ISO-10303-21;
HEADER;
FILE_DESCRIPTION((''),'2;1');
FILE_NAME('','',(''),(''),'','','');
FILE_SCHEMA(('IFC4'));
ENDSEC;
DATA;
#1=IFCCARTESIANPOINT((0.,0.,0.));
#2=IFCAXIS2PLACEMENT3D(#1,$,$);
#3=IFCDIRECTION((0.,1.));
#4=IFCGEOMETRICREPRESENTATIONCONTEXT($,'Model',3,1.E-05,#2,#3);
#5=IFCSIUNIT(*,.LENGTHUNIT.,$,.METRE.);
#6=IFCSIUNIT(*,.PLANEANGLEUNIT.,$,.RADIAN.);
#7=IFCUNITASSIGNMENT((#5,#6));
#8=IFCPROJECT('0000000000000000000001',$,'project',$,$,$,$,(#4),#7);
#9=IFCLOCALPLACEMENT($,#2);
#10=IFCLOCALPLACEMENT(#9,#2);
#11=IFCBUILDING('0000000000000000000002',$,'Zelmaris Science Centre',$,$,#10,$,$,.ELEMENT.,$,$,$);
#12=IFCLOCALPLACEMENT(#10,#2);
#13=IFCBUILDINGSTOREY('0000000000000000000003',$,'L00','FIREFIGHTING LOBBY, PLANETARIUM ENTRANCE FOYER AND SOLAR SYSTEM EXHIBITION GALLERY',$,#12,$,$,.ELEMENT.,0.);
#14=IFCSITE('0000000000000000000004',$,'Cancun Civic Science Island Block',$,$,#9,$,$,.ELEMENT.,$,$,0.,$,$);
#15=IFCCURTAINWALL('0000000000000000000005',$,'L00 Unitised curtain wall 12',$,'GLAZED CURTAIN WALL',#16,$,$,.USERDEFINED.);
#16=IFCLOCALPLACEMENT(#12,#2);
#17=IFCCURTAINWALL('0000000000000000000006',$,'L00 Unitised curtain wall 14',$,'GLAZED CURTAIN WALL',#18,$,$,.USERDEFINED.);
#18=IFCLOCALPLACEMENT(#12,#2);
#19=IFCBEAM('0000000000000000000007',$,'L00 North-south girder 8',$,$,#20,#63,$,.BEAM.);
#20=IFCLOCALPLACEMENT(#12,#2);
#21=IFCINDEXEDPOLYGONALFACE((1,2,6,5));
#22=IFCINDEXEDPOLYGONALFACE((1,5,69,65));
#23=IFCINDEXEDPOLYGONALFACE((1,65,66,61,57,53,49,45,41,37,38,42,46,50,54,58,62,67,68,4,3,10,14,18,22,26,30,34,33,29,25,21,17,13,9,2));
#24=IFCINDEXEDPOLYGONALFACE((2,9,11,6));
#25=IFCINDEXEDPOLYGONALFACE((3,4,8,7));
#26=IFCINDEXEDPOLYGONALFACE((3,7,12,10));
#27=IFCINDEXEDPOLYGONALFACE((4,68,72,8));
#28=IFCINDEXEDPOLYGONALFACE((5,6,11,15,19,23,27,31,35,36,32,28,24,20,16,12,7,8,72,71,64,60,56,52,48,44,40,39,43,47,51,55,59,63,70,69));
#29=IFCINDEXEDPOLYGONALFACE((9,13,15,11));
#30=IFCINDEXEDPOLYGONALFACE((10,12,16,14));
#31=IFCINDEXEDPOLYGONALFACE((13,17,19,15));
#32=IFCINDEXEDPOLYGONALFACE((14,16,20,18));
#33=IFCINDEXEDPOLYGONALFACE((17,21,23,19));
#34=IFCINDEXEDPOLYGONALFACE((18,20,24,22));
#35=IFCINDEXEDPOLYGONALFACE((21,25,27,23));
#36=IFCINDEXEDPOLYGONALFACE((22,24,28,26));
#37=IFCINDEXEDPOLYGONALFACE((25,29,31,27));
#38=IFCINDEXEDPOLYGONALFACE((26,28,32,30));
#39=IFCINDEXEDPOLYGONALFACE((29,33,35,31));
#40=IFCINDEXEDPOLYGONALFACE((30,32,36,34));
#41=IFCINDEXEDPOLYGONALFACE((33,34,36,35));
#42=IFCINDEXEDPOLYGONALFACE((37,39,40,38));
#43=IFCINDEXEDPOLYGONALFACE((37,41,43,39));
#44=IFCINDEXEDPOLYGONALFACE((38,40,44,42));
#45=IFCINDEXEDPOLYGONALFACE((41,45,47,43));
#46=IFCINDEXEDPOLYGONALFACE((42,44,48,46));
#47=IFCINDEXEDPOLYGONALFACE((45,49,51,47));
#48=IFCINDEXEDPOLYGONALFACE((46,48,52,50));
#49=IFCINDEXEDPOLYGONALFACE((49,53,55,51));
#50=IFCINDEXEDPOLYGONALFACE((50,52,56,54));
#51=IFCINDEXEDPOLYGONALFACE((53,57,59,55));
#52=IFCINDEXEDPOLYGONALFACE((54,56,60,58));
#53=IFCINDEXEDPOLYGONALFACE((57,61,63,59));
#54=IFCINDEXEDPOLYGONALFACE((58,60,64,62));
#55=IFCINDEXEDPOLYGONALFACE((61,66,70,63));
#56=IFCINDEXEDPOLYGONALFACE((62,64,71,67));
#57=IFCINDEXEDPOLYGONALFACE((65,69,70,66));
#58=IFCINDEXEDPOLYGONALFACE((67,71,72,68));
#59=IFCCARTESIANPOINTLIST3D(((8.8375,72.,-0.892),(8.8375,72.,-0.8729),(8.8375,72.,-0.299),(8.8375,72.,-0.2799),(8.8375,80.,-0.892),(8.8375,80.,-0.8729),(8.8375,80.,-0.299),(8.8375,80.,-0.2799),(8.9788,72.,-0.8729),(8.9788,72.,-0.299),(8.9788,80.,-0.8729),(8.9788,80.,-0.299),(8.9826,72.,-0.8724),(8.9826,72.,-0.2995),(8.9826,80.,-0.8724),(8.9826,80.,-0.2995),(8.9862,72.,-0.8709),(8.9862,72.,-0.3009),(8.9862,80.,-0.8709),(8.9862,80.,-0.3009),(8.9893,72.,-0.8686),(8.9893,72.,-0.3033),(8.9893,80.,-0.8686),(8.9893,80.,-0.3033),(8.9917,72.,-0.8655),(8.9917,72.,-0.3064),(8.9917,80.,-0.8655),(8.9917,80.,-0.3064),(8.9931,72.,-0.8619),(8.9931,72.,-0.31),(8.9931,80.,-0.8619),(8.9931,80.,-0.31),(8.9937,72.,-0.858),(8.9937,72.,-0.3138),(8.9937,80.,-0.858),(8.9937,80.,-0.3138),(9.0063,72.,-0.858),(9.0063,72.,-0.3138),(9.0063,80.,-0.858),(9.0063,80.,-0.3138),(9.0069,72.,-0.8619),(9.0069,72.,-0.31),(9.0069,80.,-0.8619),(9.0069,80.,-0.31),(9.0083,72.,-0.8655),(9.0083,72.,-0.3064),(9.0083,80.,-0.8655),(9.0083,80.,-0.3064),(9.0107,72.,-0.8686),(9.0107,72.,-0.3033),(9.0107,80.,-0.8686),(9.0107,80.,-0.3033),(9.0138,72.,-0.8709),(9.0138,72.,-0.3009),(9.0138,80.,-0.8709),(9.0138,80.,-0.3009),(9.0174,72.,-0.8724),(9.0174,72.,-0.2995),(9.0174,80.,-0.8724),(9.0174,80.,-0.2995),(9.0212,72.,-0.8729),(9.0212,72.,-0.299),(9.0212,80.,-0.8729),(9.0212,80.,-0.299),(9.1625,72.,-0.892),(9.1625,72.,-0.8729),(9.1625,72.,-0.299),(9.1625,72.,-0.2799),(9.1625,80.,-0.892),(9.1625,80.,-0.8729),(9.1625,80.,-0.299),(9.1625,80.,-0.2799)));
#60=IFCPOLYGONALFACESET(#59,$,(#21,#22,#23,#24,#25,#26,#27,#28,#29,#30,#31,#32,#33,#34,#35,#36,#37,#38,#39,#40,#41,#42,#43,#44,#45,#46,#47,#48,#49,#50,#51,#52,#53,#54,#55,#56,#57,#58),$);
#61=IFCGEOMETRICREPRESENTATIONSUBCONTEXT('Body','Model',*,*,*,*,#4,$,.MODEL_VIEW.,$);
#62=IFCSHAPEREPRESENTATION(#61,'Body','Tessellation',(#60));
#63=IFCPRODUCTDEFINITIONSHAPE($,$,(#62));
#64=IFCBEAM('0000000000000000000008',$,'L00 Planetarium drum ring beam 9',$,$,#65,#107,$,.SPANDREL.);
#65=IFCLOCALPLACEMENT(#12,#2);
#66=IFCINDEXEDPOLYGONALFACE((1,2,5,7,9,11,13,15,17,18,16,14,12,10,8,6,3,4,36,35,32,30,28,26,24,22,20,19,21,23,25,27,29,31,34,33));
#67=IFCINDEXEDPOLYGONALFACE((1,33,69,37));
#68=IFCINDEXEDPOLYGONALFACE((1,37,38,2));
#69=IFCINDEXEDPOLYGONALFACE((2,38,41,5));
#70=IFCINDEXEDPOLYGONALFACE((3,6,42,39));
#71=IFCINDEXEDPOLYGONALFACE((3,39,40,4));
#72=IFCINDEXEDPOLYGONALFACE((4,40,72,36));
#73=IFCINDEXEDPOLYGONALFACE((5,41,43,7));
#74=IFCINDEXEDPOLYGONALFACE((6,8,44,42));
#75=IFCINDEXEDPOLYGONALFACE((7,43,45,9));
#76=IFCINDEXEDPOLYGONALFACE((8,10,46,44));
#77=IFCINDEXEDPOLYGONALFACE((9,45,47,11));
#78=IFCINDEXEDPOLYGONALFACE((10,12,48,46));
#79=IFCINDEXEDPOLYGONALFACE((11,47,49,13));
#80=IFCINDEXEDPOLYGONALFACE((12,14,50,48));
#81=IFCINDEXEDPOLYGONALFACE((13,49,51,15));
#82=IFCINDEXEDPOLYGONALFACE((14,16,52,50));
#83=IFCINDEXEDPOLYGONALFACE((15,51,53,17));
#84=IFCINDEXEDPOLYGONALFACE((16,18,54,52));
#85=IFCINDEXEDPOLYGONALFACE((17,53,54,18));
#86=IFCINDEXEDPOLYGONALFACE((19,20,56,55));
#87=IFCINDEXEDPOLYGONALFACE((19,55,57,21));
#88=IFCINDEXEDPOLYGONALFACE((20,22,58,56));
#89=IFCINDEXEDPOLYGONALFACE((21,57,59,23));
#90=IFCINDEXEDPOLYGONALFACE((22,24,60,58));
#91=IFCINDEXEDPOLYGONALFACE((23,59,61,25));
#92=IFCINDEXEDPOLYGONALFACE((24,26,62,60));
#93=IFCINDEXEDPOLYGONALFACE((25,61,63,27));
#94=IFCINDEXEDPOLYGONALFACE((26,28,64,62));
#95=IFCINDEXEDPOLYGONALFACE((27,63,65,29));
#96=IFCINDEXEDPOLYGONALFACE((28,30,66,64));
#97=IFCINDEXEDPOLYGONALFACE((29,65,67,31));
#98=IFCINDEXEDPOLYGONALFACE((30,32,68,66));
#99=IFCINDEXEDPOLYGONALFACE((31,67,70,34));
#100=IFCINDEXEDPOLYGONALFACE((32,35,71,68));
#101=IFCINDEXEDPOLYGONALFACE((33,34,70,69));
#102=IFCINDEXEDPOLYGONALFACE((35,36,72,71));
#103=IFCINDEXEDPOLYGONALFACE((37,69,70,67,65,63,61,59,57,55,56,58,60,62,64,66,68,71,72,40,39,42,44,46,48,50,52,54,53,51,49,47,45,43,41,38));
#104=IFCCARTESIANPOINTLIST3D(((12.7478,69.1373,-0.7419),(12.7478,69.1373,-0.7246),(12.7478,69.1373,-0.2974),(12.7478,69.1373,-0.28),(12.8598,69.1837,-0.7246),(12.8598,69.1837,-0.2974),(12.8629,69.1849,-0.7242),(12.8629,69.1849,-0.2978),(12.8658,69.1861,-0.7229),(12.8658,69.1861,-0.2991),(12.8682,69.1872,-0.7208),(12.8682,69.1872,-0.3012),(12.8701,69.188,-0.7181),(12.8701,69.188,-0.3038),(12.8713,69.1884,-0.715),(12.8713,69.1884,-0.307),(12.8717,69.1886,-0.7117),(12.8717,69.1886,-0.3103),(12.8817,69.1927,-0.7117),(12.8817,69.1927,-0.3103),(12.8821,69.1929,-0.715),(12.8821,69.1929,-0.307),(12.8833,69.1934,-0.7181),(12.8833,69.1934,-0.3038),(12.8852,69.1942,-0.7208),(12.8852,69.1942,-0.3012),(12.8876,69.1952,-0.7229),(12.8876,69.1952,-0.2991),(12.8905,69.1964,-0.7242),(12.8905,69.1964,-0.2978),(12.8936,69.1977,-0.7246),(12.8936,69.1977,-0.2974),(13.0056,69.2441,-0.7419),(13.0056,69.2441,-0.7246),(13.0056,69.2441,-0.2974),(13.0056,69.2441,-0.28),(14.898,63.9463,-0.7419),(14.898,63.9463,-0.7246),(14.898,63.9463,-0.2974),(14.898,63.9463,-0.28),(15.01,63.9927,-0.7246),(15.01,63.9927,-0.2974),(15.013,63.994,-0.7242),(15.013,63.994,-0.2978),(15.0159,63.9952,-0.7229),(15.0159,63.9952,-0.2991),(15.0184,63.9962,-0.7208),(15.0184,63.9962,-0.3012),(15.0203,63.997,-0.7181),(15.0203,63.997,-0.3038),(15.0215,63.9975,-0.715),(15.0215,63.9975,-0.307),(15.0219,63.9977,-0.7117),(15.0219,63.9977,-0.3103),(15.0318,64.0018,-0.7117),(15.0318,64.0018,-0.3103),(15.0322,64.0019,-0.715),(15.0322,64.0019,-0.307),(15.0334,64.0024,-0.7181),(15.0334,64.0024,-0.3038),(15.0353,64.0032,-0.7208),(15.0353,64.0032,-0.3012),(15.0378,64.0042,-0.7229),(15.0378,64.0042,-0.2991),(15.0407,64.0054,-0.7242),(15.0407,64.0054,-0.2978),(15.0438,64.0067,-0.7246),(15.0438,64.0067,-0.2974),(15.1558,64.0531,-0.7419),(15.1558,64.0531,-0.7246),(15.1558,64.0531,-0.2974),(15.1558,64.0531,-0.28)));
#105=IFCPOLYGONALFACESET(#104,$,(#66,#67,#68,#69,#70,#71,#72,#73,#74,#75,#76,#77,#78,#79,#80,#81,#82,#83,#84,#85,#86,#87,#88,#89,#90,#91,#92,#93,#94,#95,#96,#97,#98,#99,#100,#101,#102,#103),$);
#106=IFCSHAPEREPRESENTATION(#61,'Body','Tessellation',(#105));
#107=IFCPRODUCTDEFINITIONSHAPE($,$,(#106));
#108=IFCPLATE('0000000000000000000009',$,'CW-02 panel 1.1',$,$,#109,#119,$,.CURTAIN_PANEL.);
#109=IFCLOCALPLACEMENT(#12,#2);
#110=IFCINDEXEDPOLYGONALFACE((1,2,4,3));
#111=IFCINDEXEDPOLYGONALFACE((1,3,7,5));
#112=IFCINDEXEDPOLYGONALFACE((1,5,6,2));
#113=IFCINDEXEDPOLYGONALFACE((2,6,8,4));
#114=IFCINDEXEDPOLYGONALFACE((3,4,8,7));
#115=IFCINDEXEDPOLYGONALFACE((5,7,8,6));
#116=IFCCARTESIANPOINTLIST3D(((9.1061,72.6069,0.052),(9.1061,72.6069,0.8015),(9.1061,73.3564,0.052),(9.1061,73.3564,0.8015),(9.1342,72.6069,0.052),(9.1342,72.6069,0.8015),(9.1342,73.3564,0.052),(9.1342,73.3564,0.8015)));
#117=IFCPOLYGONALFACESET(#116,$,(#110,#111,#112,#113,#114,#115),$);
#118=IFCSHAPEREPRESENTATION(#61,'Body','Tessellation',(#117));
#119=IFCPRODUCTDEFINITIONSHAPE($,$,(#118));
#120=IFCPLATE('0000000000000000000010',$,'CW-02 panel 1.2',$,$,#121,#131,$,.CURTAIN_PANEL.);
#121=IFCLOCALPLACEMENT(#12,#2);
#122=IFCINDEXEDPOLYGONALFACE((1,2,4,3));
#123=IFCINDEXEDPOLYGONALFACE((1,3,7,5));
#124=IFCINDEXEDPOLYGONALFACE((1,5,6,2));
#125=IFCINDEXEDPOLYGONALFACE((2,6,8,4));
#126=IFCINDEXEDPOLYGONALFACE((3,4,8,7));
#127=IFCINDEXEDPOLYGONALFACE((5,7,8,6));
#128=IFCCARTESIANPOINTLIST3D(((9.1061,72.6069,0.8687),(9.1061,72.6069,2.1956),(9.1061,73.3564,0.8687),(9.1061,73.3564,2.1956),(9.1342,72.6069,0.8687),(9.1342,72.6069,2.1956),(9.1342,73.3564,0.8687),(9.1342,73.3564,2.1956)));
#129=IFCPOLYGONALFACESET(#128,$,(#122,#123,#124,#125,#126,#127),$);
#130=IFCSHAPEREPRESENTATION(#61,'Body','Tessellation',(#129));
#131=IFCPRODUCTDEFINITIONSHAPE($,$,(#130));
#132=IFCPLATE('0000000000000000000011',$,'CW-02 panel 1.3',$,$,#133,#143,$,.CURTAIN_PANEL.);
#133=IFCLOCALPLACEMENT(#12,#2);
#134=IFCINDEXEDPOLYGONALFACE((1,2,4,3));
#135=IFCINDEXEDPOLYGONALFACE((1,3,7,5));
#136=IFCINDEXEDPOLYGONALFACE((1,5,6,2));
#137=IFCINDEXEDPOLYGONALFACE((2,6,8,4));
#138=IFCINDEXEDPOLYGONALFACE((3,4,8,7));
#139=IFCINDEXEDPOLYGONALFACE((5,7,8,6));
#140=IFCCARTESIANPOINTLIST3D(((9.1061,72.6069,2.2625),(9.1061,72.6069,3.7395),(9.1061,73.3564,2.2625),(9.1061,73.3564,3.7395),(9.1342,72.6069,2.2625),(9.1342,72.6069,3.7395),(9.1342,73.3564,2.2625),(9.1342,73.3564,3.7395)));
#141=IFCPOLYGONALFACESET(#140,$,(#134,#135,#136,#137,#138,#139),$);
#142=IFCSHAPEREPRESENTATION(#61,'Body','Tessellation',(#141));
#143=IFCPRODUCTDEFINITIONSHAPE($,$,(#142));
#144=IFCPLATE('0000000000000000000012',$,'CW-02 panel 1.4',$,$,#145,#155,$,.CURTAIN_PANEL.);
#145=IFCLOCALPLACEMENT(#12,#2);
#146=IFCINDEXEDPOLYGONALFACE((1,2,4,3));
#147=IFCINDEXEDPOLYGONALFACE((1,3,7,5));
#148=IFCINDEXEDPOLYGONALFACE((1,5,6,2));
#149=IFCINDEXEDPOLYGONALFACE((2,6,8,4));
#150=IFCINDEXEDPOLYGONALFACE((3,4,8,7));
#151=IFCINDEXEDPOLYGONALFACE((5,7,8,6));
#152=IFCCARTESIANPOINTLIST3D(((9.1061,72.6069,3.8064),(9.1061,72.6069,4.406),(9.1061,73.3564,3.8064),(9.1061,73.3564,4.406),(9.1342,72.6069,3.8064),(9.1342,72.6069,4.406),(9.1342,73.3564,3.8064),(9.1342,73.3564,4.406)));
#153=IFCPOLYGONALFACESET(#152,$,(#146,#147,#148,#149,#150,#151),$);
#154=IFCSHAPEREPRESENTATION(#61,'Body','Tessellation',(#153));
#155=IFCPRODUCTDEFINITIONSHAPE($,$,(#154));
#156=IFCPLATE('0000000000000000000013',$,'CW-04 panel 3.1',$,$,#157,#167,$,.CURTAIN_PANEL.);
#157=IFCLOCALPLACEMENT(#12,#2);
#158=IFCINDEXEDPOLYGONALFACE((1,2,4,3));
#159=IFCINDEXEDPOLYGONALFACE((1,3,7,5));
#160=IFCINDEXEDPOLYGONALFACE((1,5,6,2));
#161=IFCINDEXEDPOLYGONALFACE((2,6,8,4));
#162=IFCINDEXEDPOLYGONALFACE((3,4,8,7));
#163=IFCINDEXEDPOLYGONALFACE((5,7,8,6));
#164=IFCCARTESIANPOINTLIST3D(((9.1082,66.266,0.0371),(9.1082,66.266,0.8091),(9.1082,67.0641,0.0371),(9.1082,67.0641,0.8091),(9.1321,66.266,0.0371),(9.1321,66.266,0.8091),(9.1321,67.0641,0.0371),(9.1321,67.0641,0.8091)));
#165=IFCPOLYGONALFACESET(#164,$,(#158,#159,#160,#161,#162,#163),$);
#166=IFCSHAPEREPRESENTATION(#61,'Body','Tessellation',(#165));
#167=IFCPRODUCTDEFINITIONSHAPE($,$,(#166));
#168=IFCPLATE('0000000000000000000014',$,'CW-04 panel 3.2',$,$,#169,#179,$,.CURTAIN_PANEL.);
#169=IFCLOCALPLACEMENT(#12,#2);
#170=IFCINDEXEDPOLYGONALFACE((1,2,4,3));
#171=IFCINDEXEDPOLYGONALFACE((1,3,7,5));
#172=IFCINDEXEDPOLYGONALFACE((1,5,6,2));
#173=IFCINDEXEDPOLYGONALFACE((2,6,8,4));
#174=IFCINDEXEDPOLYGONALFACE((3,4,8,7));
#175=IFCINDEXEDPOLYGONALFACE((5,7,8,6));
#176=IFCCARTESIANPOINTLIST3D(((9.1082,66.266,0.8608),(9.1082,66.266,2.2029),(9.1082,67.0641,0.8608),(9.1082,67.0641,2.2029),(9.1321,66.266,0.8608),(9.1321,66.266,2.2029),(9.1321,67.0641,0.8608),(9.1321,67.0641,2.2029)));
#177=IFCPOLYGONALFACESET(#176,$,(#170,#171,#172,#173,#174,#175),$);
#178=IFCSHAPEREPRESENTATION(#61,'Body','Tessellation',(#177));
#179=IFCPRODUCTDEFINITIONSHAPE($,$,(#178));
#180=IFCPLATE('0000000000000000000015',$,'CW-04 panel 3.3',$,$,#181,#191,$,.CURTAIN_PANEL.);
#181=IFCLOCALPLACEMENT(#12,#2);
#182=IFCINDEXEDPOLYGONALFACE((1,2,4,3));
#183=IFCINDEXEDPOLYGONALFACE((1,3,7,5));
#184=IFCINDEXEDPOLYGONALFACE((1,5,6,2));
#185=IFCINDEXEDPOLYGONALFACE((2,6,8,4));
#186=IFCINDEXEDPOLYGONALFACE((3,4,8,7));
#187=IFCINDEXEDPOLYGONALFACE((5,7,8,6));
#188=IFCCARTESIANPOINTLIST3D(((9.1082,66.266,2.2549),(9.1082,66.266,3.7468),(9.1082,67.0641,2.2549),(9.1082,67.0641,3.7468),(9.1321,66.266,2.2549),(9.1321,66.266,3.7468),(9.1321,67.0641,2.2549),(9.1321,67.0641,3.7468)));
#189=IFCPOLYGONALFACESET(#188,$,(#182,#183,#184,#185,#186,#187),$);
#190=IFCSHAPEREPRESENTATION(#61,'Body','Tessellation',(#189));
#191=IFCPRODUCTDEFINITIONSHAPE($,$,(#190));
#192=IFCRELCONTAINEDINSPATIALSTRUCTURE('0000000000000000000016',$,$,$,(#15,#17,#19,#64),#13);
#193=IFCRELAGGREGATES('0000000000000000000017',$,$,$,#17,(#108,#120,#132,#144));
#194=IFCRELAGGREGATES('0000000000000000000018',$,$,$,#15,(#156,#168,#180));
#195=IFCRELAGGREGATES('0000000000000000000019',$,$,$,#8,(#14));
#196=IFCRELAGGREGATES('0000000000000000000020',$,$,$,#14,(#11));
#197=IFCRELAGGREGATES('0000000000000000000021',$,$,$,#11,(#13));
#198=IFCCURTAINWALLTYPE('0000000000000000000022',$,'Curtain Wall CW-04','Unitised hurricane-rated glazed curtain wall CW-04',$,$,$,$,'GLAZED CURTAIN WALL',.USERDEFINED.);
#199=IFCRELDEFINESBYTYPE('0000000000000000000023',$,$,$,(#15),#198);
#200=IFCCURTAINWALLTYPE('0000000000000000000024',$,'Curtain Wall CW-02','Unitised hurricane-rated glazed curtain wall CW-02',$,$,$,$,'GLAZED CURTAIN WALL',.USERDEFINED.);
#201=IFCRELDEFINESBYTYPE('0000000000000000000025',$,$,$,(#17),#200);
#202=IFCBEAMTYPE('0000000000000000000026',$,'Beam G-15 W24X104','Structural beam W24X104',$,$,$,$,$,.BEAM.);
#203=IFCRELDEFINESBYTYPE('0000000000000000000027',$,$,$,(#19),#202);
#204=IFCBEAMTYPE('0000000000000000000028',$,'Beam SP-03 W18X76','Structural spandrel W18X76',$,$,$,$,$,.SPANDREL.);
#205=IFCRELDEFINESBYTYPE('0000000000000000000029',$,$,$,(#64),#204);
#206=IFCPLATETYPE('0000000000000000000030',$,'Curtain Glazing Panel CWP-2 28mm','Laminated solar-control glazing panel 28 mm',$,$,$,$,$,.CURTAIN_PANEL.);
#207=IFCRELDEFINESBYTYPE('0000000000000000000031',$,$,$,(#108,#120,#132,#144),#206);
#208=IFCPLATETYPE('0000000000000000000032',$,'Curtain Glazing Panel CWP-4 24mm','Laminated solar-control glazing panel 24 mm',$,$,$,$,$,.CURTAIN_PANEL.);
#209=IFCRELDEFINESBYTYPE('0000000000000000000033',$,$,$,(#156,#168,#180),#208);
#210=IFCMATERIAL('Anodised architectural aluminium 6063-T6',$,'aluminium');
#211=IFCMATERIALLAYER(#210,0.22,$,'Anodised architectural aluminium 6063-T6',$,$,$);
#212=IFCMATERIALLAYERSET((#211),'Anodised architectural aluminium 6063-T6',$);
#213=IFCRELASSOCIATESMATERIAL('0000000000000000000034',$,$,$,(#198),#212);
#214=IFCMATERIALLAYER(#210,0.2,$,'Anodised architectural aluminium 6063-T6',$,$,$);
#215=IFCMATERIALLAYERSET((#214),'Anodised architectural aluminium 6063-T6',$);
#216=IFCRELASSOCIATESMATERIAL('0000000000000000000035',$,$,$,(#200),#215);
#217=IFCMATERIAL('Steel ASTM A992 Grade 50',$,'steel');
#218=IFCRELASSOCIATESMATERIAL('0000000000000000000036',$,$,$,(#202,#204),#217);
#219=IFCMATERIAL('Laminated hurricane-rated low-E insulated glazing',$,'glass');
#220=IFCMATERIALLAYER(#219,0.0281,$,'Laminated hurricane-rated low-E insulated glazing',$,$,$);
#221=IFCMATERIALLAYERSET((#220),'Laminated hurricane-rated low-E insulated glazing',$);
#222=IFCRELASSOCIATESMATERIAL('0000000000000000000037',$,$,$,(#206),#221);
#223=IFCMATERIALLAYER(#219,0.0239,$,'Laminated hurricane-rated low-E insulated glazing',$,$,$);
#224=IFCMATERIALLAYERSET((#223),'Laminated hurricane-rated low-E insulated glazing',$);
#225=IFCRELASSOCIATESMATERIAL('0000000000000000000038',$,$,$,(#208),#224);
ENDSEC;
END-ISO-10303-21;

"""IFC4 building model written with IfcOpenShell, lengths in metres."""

from ifc_helpers import new_model, si_unit, direction, frame, origin, origin_2d, place, context, subcontext, project, spatial, rectangle, i_section, extrude, material, layer, layer_set, material_profile, profile_set, type_object, element, aggregate, save


model = new_model("IFC4")

# Units and contexts
model_context = context("Model", 3, precision=1e-05, world=origin(), true_north=direction((0.0, 1.0)))
body_context = subcontext(model_context, "Body", "Model", "MODEL_VIEW")
ifc_project = project(units=[si_unit("LENGTHUNIT", "METRE"), si_unit("PLANEANGLEUNIT", "RADIAN")], contexts=[model_context])

# Site, building, storey
site_placement = place(None, origin())
site = spatial("IfcSite", under=ifc_project, at=site_placement, Name="Cancun Civic Science Island Block", CompositionType="ELEMENT", RefElevation=0.0)
building_placement = place(site_placement, origin())
building = spatial("IfcBuilding", under=site, at=building_placement, Name="Zelmaris Science Centre", CompositionType="ELEMENT")
storey_placement = place(building_placement, origin())
storey = spatial("IfcBuildingStorey", under=building, at=storey_placement, Name="L00", Description="FIREFIGHTING LOBBY, PLANETARIUM ENTRANCE FOYER AND SOLAR SYSTEM EXHIBITION GALLERY", CompositionType="ELEMENT", Elevation=0.0)

# Shared definitions
ifc_material_1 = material(Name="Steel ASTM A992 Grade 50", Category="steel")

# Curtain wall
ifc_material_2 = material(Name="Anodised architectural aluminium 6063-T6", Category="aluminium")
ifc_layer_1 = layer(ifc_material_2, 0.22, Name="Anodised architectural aluminium 6063-T6")
ifc_layer_set_1 = layer_set([ifc_layer_1], Name="Anodised architectural aluminium 6063-T6")
curtain_wall_type_1 = type_object("IfcCurtainWallType", Name="Curtain Wall CW-04", Description="Unitised hurricane-rated glazed curtain wall CW-04", ElementType="GLAZED CURTAIN WALL", PredefinedType="USERDEFINED", material=ifc_layer_set_1)
curtain_wall_1_placement = place(storey_placement, origin())
curtain_wall_1 = element("IfcCurtainWall", 1, at=curtain_wall_1_placement, inside=storey, type_object=curtain_wall_type_1, Name="L00 Unitised curtain wall 12", ObjectType="GLAZED CURTAIN WALL", PredefinedType="USERDEFINED")

# Curtain wall
ifc_layer_2 = layer(ifc_material_2, 0.2, Name="Anodised architectural aluminium 6063-T6")
ifc_layer_set_2 = layer_set([ifc_layer_2], Name="Anodised architectural aluminium 6063-T6")
curtain_wall_type_2 = type_object("IfcCurtainWallType", Name="Curtain Wall CW-02", Description="Unitised hurricane-rated glazed curtain wall CW-02", ElementType="GLAZED CURTAIN WALL", PredefinedType="USERDEFINED", material=ifc_layer_set_2)
curtain_wall_2_placement = place(storey_placement, origin())
curtain_wall_2 = element("IfcCurtainWall", 2, at=curtain_wall_2_placement, inside=storey, type_object=curtain_wall_type_2, Name="L00 Unitised curtain wall 14", ObjectType="GLAZED CURTAIN WALL", PredefinedType="USERDEFINED")

# Beams
ifc_material_profile_1 = material_profile(ifc_material_1, i_section(OverallWidth=0.325, OverallDepth=0.6121, WebThickness=0.0127, FlangeThickness=0.019, FilletRadius=0.0149, at=origin_2d()), Name="W24X104")
ifc_profile_set_1 = profile_set([ifc_material_profile_1], Name="Steel ASTM A992 Grade 50")
beam_type_1 = type_object("IfcBeamType", Name="Beam G-15 W24X104", Description="Structural beam W24X104", PredefinedType="BEAM", material=ifc_profile_set_1)
beam_1_placement = place(storey_placement, frame((9.0, 72.0, -0.5859), z_axis=(0.0, 1.0, 0.0), x_axis=(-1.0, 0.0, 0.0)))
element("IfcBeam", 3, at=beam_1_placement, inside=storey, type_object=beam_type_1, Name="L00 North-south girder 8", PredefinedType="BEAM", context=body_context, shape_type="SweptSolid", body=[
    extrude(i_section(OverallWidth=0.325, OverallDepth=0.6121, WebThickness=0.0127, FlangeThickness=0.019, FilletRadius=0.0149, at=origin_2d()), origin(), (0.0, 0.0, 1.0), 8.0),
])
ifc_material_profile_2 = material_profile(ifc_material_1, i_section(OverallWidth=0.2791, OverallDepth=0.4619, WebThickness=0.0107, FlangeThickness=0.0173, FilletRadius=0.0129, at=origin_2d()), Name="W18X76")
ifc_profile_set_2 = profile_set([ifc_material_profile_2], Name="Steel ASTM A992 Grade 50")
beam_type_2 = type_object("IfcBeamType", Name="Beam SP-03 W18X76", Description="Structural spandrel W18X76", PredefinedType="SPANDREL", material=ifc_profile_set_2)
beam_2_placement = place(storey_placement, frame((12.8767, 69.1907, -0.511), z_axis=(0.382683, -0.92388, 0.0), x_axis=(0.92388, 0.382683, 0.0)))
element("IfcBeam", 4, at=beam_2_placement, inside=storey, type_object=beam_type_2, Name="L00 Planetarium drum ring beam 9", PredefinedType="SPANDREL", context=body_context, shape_type="SweptSolid", body=[
    extrude(i_section(OverallWidth=0.2791, OverallDepth=0.4619, WebThickness=0.0107, FlangeThickness=0.0173, FilletRadius=0.0129, at=origin_2d()), origin(), (0.0, 0.0, 1.0), 5.6187),
])

# Plates
ifc_material_3 = material(Name="Laminated hurricane-rated low-E insulated glazing", Category="glass")
ifc_layer_3 = layer(ifc_material_3, 0.0281, Name="Laminated hurricane-rated low-E insulated glazing")
ifc_layer_set_3 = layer_set([ifc_layer_3], Name="Laminated hurricane-rated low-E insulated glazing")
plate_type_1 = type_object("IfcPlateType", Name="Curtain Glazing Panel CWP-2 28mm", Description="Laminated solar-control glazing panel 28 mm", PredefinedType="CURTAIN_PANEL", material=ifc_layer_set_3)
plate_1_placement = place(storey_placement, frame((9.1201, 72.9817, 0.052), z_axis=(0.0, 0.0, 1.0), x_axis=(0.0, 1.0, 0.0)))
plate_1 = element("IfcPlate", 5, at=plate_1_placement, type_object=plate_type_1, Name="CW-02 panel 1.1", PredefinedType="CURTAIN_PANEL", context=body_context, shape_type="SweptSolid", body=[
    extrude(rectangle(XDim=0.7495, YDim=0.0281, at=origin_2d()), origin(), (0.0, 0.0, 1.0), 0.7495),
])
plate_2_placement = place(storey_placement, frame((9.1201, 72.9817, 0.8687), z_axis=(0.0, 0.0, 1.0), x_axis=(0.0, 1.0, 0.0)))
plate_2 = element("IfcPlate", 6, at=plate_2_placement, type_object=plate_type_1, Name="CW-02 panel 1.2", PredefinedType="CURTAIN_PANEL", context=body_context, shape_type="SweptSolid", body=[
    extrude(rectangle(XDim=0.7495, YDim=0.0281, at=origin_2d()), origin(), (0.0, 0.0, 1.0), 1.3269),
])
plate_3_placement = place(storey_placement, frame((9.1201, 72.9817, 2.2625), z_axis=(0.0, 0.0, 1.0), x_axis=(0.0, 1.0, 0.0)))
plate_3 = element("IfcPlate", 7, at=plate_3_placement, type_object=plate_type_1, Name="CW-02 panel 1.3", PredefinedType="CURTAIN_PANEL", context=body_context, shape_type="SweptSolid", body=[
    extrude(rectangle(XDim=0.7495, YDim=0.0281, at=origin_2d()), origin(), (0.0, 0.0, 1.0), 1.4771),
])
plate_4_placement = place(storey_placement, frame((9.1201, 72.9817, 3.8064), z_axis=(0.0, 0.0, 1.0), x_axis=(0.0, 1.0, 0.0)))
plate_4 = element("IfcPlate", 8, at=plate_4_placement, type_object=plate_type_1, Name="CW-02 panel 1.4", PredefinedType="CURTAIN_PANEL", context=body_context, shape_type="SweptSolid", body=[
    extrude(rectangle(XDim=0.7495, YDim=0.0281, at=origin_2d()), origin(), (0.0, 0.0, 1.0), 0.5996),
])
aggregate(curtain_wall_2, [plate_1, plate_2, plate_3, plate_4])
ifc_layer_4 = layer(ifc_material_3, 0.0239, Name="Laminated hurricane-rated low-E insulated glazing")
ifc_layer_set_4 = layer_set([ifc_layer_4], Name="Laminated hurricane-rated low-E insulated glazing")
plate_type_2 = type_object("IfcPlateType", Name="Curtain Glazing Panel CWP-4 24mm", Description="Laminated solar-control glazing panel 24 mm", PredefinedType="CURTAIN_PANEL", material=ifc_layer_set_4)
plate_5_placement = place(storey_placement, frame((9.1201, 66.665, 0.0371), z_axis=(0.0, 0.0, 1.0), x_axis=(0.0, 1.0, 0.0)))
plate_5 = element("IfcPlate", 9, at=plate_5_placement, type_object=plate_type_2, Name="CW-04 panel 3.1", PredefinedType="CURTAIN_PANEL", context=body_context, shape_type="SweptSolid", body=[
    extrude(rectangle(XDim=0.7981, YDim=0.0239, at=origin_2d()), origin(), (0.0, 0.0, 1.0), 0.772),
])
plate_6_placement = place(storey_placement, frame((9.1201, 66.665, 0.8608), z_axis=(0.0, 0.0, 1.0), x_axis=(0.0, 1.0, 0.0)))
plate_6 = element("IfcPlate", 10, at=plate_6_placement, type_object=plate_type_2, Name="CW-04 panel 3.2", PredefinedType="CURTAIN_PANEL", context=body_context, shape_type="SweptSolid", body=[
    extrude(rectangle(XDim=0.7981, YDim=0.0239, at=origin_2d()), origin(), (0.0, 0.0, 1.0), 1.342),
])
plate_7_placement = place(storey_placement, frame((9.1201, 66.665, 2.2549), z_axis=(0.0, 0.0, 1.0), x_axis=(0.0, 1.0, 0.0)))
plate_7 = element("IfcPlate", 11, at=plate_7_placement, type_object=plate_type_2, Name="CW-04 panel 3.3", PredefinedType="CURTAIN_PANEL", context=body_context, shape_type="SweptSolid", body=[
    extrude(rectangle(XDim=0.7981, YDim=0.0239, at=origin_2d()), origin(), (0.0, 0.0, 1.0), 1.4919),
])
aggregate(curtain_wall_1, [plate_5, plate_6, plate_7])

save(model, "model.ifc")
